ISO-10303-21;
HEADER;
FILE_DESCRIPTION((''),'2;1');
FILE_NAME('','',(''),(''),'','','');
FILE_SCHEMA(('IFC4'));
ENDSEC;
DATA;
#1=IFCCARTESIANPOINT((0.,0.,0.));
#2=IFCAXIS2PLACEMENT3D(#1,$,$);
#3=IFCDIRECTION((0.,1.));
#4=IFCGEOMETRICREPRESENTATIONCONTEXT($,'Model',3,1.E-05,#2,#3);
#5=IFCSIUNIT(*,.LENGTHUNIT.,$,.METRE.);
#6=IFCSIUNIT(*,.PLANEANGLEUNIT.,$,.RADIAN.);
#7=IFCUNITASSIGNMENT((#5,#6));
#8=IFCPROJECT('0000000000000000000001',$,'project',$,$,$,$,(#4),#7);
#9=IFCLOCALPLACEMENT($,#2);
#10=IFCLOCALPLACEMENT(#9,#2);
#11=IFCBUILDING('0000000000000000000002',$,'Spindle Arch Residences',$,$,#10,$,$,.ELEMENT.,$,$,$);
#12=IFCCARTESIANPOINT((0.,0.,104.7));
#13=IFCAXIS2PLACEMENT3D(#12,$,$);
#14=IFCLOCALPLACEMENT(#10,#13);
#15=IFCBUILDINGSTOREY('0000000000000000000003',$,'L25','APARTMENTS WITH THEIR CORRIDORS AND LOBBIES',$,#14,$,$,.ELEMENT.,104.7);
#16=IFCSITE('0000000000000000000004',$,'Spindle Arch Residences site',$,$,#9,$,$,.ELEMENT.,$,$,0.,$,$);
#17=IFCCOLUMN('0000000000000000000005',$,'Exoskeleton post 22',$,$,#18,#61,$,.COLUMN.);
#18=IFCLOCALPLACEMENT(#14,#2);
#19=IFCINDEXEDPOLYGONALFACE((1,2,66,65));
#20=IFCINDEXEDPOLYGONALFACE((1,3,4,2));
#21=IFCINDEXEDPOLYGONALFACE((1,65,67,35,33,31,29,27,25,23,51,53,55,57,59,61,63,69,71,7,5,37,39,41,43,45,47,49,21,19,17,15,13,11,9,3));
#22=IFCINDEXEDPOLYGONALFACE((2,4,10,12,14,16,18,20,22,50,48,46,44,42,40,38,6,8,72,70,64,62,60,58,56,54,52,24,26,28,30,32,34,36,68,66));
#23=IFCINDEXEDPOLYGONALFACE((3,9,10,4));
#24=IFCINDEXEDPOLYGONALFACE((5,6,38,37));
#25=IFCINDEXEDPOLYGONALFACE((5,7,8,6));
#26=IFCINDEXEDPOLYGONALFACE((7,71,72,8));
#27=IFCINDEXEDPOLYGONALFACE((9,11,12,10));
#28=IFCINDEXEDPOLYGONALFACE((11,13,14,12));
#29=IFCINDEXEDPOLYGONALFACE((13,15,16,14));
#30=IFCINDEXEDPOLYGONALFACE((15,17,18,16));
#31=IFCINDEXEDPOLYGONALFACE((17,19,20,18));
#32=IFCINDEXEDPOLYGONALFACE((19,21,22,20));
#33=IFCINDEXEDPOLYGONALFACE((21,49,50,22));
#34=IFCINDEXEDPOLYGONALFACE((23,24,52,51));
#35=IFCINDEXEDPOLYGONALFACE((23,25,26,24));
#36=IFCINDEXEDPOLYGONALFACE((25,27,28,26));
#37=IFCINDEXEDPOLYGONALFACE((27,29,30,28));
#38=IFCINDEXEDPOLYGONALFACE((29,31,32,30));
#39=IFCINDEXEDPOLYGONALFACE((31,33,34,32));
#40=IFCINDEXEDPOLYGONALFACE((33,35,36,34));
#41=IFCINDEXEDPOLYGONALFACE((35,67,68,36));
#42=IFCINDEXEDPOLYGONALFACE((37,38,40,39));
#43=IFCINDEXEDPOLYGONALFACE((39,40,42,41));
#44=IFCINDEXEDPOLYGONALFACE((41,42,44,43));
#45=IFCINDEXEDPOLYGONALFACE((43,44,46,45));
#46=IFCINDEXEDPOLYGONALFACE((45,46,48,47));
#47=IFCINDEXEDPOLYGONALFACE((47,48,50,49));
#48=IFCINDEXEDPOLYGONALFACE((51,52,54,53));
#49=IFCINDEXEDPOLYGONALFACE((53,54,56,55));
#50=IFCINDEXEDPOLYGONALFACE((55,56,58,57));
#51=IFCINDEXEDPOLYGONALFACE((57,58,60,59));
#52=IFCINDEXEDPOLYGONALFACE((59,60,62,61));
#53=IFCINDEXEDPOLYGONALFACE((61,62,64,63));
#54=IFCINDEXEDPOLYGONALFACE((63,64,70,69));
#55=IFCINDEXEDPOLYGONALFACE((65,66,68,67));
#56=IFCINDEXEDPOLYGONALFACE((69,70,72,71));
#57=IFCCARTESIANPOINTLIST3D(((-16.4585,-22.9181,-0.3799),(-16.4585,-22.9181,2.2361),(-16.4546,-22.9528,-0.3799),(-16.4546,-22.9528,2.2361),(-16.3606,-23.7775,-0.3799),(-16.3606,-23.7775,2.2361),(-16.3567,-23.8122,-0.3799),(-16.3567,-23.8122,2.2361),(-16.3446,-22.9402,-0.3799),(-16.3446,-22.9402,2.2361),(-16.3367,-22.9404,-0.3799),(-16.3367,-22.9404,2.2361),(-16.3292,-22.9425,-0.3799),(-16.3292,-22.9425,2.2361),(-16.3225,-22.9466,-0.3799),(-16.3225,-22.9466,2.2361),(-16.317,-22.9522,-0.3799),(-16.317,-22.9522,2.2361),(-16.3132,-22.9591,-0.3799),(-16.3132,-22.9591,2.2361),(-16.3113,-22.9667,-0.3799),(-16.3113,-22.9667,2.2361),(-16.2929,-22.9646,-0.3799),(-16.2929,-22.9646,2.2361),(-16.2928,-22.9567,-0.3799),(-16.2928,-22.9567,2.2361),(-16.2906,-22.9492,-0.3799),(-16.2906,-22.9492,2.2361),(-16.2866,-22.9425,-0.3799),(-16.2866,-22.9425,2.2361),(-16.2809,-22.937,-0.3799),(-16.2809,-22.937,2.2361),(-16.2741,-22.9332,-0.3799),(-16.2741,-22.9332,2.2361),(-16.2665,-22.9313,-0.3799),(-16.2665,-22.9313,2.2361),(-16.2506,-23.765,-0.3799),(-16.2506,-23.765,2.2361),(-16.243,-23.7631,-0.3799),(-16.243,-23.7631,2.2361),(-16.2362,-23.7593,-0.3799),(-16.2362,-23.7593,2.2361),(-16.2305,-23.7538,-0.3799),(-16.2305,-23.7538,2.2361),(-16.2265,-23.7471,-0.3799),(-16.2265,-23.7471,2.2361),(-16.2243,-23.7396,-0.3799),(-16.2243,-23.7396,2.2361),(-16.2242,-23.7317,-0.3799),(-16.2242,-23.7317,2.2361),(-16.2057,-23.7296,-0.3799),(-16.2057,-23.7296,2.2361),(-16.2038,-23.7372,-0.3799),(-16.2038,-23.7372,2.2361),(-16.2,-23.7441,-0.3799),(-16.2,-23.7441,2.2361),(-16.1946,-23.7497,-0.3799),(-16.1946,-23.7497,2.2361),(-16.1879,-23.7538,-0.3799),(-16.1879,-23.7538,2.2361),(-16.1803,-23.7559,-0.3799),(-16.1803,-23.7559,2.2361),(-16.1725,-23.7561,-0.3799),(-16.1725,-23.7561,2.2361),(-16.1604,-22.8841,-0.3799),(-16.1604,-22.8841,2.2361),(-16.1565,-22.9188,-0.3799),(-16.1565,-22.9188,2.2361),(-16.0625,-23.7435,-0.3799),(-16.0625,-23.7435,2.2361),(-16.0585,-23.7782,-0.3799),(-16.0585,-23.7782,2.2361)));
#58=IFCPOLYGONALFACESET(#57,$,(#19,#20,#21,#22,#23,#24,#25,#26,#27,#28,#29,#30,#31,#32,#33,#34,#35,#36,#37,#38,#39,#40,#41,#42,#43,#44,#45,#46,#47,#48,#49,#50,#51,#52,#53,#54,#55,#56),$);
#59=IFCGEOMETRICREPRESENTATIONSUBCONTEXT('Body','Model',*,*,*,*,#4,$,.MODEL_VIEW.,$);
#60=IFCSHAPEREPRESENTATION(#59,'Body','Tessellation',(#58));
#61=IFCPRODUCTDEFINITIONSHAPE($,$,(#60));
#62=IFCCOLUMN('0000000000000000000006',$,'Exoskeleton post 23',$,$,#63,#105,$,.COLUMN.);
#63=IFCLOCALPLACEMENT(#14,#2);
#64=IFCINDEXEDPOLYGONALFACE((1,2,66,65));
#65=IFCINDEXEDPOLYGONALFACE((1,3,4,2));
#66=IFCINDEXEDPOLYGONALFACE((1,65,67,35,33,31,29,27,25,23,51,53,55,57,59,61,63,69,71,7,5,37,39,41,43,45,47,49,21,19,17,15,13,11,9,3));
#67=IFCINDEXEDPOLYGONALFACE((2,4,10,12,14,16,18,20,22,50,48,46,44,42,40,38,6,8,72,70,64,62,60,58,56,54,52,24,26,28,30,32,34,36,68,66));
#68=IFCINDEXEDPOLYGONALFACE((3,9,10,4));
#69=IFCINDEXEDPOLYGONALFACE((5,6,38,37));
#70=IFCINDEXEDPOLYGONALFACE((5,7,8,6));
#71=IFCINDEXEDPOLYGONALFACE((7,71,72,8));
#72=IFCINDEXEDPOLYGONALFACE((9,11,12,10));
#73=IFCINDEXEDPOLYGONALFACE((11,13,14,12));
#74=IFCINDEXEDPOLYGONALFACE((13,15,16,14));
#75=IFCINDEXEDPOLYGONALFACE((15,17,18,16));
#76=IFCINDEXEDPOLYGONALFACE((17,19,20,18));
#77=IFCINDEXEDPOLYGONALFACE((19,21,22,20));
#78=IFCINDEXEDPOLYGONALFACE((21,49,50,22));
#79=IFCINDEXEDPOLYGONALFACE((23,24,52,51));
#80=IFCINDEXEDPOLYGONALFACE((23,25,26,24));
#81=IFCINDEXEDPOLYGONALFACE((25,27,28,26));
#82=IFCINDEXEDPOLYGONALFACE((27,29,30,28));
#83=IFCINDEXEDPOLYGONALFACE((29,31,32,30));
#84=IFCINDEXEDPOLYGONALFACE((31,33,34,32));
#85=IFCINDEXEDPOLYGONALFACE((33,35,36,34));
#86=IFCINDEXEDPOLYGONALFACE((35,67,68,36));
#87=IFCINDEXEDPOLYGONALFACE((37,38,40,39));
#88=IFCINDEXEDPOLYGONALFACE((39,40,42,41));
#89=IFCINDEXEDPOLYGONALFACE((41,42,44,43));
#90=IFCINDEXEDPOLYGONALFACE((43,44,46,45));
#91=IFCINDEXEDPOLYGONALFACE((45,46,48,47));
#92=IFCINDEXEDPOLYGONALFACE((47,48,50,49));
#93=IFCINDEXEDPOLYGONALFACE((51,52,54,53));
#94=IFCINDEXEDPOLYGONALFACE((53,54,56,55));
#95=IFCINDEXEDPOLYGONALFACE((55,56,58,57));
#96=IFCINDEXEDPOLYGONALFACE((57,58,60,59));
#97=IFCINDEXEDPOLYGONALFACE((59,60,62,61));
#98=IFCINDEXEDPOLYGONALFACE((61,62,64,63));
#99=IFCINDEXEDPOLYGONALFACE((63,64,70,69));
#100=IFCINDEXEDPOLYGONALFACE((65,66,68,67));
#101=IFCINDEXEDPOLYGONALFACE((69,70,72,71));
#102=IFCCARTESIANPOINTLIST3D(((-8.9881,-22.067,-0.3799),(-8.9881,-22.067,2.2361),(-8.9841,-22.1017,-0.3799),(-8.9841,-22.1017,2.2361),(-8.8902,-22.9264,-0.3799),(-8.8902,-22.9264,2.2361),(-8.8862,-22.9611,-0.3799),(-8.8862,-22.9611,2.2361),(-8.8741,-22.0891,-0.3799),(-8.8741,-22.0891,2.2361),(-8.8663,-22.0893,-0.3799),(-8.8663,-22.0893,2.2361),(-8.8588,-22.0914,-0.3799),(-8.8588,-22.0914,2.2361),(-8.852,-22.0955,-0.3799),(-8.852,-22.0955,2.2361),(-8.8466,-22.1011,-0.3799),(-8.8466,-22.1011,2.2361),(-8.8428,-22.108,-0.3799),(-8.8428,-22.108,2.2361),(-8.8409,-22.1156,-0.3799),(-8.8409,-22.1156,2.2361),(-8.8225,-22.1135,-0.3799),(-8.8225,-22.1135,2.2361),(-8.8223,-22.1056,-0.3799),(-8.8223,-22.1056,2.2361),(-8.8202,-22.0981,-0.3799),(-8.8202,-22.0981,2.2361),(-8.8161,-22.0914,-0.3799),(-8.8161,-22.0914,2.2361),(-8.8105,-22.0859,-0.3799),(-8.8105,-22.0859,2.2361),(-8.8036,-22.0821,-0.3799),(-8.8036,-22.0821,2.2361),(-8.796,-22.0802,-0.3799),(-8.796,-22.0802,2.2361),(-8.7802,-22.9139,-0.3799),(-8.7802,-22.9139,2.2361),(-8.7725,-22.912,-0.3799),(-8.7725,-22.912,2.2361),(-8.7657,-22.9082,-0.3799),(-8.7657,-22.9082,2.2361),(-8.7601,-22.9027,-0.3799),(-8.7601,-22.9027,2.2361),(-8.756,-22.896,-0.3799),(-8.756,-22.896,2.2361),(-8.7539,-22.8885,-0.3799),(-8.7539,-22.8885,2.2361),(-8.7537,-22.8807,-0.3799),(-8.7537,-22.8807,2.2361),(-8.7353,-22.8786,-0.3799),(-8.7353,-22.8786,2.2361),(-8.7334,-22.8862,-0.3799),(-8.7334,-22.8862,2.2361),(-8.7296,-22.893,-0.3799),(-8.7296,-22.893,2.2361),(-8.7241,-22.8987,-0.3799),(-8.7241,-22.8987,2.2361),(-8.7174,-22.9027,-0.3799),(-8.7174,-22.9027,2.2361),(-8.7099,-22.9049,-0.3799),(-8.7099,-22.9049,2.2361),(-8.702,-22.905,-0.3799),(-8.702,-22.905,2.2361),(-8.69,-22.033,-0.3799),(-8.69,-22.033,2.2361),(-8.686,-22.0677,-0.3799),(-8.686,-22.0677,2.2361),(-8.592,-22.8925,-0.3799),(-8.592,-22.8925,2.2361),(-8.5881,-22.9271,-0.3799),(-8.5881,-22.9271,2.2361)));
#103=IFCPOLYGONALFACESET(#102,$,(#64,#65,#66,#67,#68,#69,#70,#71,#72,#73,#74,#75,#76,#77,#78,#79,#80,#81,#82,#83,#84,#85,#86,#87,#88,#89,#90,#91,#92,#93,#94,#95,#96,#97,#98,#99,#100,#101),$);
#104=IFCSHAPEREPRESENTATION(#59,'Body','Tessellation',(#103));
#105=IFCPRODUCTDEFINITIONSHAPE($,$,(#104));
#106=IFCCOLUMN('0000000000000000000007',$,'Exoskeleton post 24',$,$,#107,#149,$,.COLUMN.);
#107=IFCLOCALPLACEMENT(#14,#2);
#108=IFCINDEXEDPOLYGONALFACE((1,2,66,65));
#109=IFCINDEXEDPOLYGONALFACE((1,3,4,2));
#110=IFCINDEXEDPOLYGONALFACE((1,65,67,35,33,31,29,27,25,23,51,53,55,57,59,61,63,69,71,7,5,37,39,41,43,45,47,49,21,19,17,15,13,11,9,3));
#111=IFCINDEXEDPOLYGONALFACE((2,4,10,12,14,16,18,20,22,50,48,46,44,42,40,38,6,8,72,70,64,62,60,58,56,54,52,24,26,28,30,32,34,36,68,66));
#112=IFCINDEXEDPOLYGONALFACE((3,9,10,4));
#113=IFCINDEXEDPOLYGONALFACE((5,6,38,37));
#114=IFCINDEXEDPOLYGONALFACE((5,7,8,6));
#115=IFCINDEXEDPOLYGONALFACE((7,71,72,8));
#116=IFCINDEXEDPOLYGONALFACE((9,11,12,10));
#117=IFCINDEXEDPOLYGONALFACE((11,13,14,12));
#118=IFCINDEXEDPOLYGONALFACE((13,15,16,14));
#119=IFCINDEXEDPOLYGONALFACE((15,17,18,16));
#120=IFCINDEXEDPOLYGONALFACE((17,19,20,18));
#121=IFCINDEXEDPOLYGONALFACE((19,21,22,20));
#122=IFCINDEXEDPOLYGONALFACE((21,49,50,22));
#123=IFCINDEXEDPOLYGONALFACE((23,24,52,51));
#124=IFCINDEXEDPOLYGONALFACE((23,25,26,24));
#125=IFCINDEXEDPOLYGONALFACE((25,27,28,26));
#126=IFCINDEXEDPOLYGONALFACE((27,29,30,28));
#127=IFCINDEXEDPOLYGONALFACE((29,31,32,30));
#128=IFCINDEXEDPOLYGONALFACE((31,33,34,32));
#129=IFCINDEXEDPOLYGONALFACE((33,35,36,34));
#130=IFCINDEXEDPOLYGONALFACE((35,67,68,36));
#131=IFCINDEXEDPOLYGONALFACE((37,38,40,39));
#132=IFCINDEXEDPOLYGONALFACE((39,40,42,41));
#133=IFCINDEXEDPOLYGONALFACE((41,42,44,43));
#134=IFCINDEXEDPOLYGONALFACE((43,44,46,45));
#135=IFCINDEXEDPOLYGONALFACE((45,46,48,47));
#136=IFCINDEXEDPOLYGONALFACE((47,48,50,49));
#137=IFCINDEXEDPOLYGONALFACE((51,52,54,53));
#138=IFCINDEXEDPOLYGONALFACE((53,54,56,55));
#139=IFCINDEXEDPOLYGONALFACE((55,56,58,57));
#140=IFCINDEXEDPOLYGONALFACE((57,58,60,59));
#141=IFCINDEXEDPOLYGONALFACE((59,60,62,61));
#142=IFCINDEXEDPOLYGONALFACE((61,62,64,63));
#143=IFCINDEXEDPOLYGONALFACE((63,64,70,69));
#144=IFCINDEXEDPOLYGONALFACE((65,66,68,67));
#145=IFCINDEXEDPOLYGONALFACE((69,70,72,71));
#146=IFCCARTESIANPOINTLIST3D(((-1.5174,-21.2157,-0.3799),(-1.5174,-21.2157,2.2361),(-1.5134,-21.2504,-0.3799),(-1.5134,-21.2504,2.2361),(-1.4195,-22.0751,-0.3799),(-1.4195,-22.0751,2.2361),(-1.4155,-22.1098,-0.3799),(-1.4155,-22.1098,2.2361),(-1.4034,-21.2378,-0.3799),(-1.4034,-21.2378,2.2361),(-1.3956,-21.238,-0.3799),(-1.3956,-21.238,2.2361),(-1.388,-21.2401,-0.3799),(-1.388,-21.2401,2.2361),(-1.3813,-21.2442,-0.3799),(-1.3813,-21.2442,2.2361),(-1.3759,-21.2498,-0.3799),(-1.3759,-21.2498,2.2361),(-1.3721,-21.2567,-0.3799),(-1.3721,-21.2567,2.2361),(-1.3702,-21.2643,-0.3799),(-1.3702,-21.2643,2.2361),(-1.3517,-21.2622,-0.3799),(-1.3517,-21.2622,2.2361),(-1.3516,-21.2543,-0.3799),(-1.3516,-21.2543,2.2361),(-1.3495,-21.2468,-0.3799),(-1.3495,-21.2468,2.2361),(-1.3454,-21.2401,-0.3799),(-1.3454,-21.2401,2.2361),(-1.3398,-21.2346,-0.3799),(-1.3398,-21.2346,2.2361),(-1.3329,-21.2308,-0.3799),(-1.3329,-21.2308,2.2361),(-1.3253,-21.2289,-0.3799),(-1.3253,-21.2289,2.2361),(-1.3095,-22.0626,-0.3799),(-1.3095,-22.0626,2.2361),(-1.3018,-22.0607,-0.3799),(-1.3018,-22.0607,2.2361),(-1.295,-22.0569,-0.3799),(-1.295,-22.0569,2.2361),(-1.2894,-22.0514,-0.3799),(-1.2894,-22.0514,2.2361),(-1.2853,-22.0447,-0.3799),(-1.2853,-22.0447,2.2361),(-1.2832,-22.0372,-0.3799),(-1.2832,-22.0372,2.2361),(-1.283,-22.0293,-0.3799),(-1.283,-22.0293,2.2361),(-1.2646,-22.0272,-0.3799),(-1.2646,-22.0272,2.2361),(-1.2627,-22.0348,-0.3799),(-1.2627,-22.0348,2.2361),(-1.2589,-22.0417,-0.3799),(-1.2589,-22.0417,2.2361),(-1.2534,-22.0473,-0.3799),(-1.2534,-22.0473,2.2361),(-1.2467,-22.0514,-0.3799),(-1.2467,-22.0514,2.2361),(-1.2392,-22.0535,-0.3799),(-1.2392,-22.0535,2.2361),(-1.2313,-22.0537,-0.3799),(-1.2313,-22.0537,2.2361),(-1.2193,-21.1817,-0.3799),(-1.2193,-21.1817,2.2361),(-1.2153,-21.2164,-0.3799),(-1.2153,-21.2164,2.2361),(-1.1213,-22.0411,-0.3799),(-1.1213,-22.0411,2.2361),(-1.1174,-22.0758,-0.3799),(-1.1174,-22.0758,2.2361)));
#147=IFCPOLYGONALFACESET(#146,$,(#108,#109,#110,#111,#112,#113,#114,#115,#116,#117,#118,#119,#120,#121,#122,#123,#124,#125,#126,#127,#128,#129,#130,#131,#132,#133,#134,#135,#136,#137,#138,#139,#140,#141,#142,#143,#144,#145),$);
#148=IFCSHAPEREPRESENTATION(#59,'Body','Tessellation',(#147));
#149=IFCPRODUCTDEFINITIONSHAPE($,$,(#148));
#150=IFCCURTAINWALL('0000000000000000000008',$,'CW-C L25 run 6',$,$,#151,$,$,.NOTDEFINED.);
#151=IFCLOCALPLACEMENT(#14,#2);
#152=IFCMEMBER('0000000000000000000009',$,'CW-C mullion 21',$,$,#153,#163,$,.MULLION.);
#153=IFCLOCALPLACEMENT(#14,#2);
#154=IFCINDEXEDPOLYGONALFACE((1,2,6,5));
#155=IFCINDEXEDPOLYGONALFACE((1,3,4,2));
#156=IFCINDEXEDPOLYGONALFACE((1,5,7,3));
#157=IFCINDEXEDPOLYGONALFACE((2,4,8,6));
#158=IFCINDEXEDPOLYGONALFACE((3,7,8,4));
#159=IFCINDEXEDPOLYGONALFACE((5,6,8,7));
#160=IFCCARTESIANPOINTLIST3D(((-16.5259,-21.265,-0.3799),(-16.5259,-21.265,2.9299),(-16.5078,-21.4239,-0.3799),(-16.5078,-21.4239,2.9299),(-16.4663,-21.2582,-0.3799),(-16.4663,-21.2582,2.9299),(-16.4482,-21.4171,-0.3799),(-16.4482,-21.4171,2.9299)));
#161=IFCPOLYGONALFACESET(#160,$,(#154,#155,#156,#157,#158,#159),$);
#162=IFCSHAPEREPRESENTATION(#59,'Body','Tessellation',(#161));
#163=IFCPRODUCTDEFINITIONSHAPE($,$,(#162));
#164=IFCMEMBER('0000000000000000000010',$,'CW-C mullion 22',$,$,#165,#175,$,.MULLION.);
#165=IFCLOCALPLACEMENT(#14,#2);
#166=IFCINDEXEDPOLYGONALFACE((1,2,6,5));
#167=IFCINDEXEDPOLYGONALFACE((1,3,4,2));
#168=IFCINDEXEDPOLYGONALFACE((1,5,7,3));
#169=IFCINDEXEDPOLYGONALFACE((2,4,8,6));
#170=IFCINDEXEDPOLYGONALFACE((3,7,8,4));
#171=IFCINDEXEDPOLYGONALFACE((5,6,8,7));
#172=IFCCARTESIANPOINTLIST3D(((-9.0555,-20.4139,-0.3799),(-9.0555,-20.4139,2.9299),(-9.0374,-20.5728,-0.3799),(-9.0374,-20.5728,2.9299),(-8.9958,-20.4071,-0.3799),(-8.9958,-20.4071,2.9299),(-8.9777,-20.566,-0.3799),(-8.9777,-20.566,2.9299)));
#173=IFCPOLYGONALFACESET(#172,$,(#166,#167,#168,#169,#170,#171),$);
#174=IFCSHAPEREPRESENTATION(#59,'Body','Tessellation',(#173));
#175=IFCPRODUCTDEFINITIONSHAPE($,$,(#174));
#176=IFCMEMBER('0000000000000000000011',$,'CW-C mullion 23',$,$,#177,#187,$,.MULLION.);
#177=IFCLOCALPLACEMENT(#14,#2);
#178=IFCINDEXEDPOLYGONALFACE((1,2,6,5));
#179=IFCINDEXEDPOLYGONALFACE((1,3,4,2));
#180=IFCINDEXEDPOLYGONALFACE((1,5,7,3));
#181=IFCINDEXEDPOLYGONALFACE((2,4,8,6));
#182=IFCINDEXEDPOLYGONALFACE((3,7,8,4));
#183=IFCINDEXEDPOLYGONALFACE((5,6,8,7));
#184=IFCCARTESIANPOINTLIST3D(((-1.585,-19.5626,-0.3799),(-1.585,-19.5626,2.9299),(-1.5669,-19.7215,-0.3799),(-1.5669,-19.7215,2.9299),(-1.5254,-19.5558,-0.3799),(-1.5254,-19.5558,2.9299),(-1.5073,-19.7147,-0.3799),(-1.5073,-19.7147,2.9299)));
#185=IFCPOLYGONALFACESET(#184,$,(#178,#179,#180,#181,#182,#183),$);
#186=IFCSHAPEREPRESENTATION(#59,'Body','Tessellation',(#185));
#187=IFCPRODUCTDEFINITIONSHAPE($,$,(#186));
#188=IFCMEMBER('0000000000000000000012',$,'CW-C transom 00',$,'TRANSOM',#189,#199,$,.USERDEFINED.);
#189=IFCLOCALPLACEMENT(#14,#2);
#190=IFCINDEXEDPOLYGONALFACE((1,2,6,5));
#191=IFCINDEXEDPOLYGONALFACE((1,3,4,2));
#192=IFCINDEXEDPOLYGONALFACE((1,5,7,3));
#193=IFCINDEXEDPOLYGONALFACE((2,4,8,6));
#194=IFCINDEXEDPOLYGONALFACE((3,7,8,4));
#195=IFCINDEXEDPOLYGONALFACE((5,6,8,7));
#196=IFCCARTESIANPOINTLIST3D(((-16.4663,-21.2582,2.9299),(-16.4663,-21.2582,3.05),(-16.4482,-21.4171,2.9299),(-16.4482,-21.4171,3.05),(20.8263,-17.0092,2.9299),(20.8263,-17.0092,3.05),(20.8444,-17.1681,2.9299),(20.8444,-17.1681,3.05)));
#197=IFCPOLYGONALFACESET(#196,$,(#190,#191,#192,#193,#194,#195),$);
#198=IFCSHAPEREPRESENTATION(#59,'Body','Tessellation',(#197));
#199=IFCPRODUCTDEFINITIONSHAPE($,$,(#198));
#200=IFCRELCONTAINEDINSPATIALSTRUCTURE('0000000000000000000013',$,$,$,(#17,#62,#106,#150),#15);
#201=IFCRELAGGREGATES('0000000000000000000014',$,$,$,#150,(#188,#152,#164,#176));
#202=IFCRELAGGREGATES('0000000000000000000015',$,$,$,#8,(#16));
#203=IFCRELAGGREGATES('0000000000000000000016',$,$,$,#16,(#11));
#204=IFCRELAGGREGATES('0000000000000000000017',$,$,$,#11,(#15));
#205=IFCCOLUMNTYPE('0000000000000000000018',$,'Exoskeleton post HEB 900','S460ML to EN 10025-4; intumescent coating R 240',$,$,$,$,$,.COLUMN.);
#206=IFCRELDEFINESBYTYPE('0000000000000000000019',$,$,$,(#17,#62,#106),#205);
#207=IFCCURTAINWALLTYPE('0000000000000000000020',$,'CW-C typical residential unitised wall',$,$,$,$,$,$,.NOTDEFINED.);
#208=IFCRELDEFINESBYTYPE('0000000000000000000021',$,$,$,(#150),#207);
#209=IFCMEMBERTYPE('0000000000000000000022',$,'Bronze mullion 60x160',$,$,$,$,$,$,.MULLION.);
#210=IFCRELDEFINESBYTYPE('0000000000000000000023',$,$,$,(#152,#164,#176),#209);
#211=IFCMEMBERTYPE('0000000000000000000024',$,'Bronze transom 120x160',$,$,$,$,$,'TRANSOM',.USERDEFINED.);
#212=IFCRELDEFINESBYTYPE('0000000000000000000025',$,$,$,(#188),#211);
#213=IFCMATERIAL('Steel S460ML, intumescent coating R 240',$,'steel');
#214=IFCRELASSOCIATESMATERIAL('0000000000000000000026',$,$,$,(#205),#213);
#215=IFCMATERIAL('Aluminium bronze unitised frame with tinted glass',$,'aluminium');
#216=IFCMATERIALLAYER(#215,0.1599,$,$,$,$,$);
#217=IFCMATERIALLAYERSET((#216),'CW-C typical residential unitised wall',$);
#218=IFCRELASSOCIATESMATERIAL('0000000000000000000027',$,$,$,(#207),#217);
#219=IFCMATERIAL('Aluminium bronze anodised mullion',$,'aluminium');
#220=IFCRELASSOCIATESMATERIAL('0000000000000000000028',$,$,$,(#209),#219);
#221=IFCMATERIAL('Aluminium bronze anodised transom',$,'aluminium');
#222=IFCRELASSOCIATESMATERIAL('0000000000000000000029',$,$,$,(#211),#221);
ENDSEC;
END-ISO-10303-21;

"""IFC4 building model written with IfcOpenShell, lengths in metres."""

from ifc_helpers import new_model, si_unit, direction, frame, origin, origin_2d, place, context, subcontext, project, spatial, rectangle, i_section, extrude, material, layer, layer_set, material_profile, profile_set, type_object, element, aggregate, save


model = new_model("IFC4")

# Units and contexts
model_context = context("Model", 3, precision=1e-05, world=origin(), true_north=direction((0.0, 1.0)))
body_context = subcontext(model_context, "Body", "Model", "MODEL_VIEW")
ifc_project = project(units=[si_unit("LENGTHUNIT", "METRE"), si_unit("PLANEANGLEUNIT", "RADIAN")], contexts=[model_context])

# Site, building, storey
site_placement = place(None, origin())
site = spatial("IfcSite", under=ifc_project, at=site_placement, Name="Spindle Arch Residences site", CompositionType="ELEMENT", RefElevation=0.0)
building_placement = place(site_placement, origin())
building = spatial("IfcBuilding", under=site, at=building_placement, Name="Spindle Arch Residences", CompositionType="ELEMENT")
storey_placement = place(building_placement, frame((0.0, 0.0, 104.7)))
storey = spatial("IfcBuildingStorey", under=building, at=storey_placement, Name="L25", Description="APARTMENTS WITH THEIR CORRIDORS AND LOBBIES", CompositionType="ELEMENT", Elevation=104.7)

# Columns
ifc_material_1 = material(Name="Steel S460ML, intumescent coating R 240", Category="steel")
ifc_material_profile_1 = material_profile(ifc_material_1, i_section(OverallWidth=0.3, OverallDepth=0.8999, WebThickness=0.0186, FlangeThickness=0.0349, FilletRadius=0.03, at=origin_2d()), Name="HEB 900")
ifc_profile_set_1 = profile_set([ifc_material_profile_1], Name="Steel S460ML, intumescent coating R 240")
column_type = type_object("IfcColumnType", Name="Exoskeleton post HEB 900", Description="S460ML to EN 10025-4; intumescent coating R 240", PredefinedType="COLUMN", material=ifc_profile_set_1)
for number, where, z_axis, x_axis, name in (
    (1, (-16.2585, -23.3481, -0.3799), (0.0, 0.0, 1.0), (-0.993572, -0.113203, 0.0), "Exoskeleton post 22"),
    (2, (-8.7881, -22.4971, -0.3799), (0.0, 0.0, 1.0), (-0.993572, -0.113203, 0.0), "Exoskeleton post 23"),
    (3, (-1.3174, -21.6458, -0.3799), (0.0, 0.0, 1.0), (-0.993572, -0.113203, 0.0), "Exoskeleton post 24"),
):
    element("IfcColumn", number, at=place(storey_placement, frame(where, z_axis=z_axis, x_axis=x_axis)), inside=storey, type_object=column_type, Name=name, PredefinedType="COLUMN", context=body_context, shape_type="SweptSolid", body=[
        extrude(i_section(OverallWidth=0.3, OverallDepth=0.8999, WebThickness=0.0186, FlangeThickness=0.0349, FilletRadius=0.03, at=origin_2d()), origin(), (0.0, 0.0, 1.0), 2.616),
    ])

# Curtain wall, members
ifc_material_2 = material(Name="Aluminium bronze unitised frame with tinted glass", Category="aluminium")
ifc_layer_1 = layer(ifc_material_2, 0.1599)
ifc_layer_set_1 = layer_set([ifc_layer_1], Name="CW-C typical residential unitised wall")
curtain_wall_type = type_object("IfcCurtainWallType", Name="CW-C typical residential unitised wall", PredefinedType="NOTDEFINED", material=ifc_layer_set_1)
curtain_wall_placement = place(storey_placement, origin())
curtain_wall = element("IfcCurtainWall", 4, at=curtain_wall_placement, inside=storey, type_object=curtain_wall_type, Name="CW-C L25 run 6", PredefinedType="NOTDEFINED")
ifc_material_3 = material(Name="Aluminium bronze anodised mullion", Category="aluminium")
ifc_material_profile_2 = material_profile(ifc_material_3, rectangle(XDim=0.1599, YDim=0.0601, at=origin_2d()), Name="MU 60x160")
ifc_profile_set_2 = profile_set([ifc_material_profile_2], Name="Aluminium bronze anodised mullion")
member_type_1 = type_object("IfcMemberType", Name="Bronze mullion 60x160", PredefinedType="MULLION", material=ifc_profile_set_2)
member_1_placement = place(storey_placement, frame((-16.4871, -21.3411, -0.3799), z_axis=(0.0, 0.0, 1.0), x_axis=(-0.113203, 0.993572, 0.0)))
member_1 = element("IfcMember", 5, at=member_1_placement, type_object=member_type_1, Name="CW-C mullion 21", PredefinedType="MULLION", context=body_context, shape_type="SweptSolid", body=[
    extrude(rectangle(XDim=0.1599, YDim=0.0601, at=origin_2d()), origin(), (0.0, 0.0, 1.0), 3.3098),
])
member_2_placement = place(storey_placement, frame((-9.0166, -20.49, -0.3799), z_axis=(0.0, 0.0, 1.0), x_axis=(-0.113203, 0.993572, 0.0)))
member_2 = element("IfcMember", 6, at=member_2_placement, type_object=member_type_1, Name="CW-C mullion 22", PredefinedType="MULLION", context=body_context, shape_type="SweptSolid", body=[
    extrude(rectangle(XDim=0.1599, YDim=0.0601, at=origin_2d()), origin(), (0.0, 0.0, 1.0), 3.3098),
])
member_3_placement = place(storey_placement, frame((-1.5461, -19.6387, -0.3799), z_axis=(0.0, 0.0, 1.0), x_axis=(-0.113203, 0.993572, 0.0)))
member_3 = element("IfcMember", 7, at=member_3_placement, type_object=member_type_1, Name="CW-C mullion 23", PredefinedType="MULLION", context=body_context, shape_type="SweptSolid", body=[
    extrude(rectangle(XDim=0.1599, YDim=0.0601, at=origin_2d()), origin(), (0.0, 0.0, 1.0), 3.3098),
])
ifc_material_4 = material(Name="Aluminium bronze anodised transom", Category="aluminium")
ifc_material_profile_3 = material_profile(ifc_material_4, rectangle(XDim=0.1599, YDim=0.1201, at=origin_2d()), Name="TR 120x160")
ifc_profile_set_3 = profile_set([ifc_material_profile_3], Name="Aluminium bronze anodised transom")
member_type_2 = type_object("IfcMemberType", Name="Bronze transom 120x160", ElementType="TRANSOM", PredefinedType="USERDEFINED", material=ifc_profile_set_3)
member_4_placement = place(storey_placement, frame((-16.4573, -21.3376, 2.99), z_axis=(0.993572, 0.113205, 0.0), x_axis=(-0.113205, 0.993572, 0.0)))
member_4 = element("IfcMember", 8, at=member_4_placement, type_object=member_type_2, Name="CW-C transom 00", ObjectType="TRANSOM", PredefinedType="USERDEFINED", context=body_context, shape_type="SweptSolid", body=[
    extrude(rectangle(XDim=0.1599, YDim=0.1201, at=origin_2d()), origin(), (0.0, 0.0, 1.0), 37.5339),
])

aggregate(curtain_wall, [member_4, member_1, member_2, member_3])

save(model, "model.ifc")
